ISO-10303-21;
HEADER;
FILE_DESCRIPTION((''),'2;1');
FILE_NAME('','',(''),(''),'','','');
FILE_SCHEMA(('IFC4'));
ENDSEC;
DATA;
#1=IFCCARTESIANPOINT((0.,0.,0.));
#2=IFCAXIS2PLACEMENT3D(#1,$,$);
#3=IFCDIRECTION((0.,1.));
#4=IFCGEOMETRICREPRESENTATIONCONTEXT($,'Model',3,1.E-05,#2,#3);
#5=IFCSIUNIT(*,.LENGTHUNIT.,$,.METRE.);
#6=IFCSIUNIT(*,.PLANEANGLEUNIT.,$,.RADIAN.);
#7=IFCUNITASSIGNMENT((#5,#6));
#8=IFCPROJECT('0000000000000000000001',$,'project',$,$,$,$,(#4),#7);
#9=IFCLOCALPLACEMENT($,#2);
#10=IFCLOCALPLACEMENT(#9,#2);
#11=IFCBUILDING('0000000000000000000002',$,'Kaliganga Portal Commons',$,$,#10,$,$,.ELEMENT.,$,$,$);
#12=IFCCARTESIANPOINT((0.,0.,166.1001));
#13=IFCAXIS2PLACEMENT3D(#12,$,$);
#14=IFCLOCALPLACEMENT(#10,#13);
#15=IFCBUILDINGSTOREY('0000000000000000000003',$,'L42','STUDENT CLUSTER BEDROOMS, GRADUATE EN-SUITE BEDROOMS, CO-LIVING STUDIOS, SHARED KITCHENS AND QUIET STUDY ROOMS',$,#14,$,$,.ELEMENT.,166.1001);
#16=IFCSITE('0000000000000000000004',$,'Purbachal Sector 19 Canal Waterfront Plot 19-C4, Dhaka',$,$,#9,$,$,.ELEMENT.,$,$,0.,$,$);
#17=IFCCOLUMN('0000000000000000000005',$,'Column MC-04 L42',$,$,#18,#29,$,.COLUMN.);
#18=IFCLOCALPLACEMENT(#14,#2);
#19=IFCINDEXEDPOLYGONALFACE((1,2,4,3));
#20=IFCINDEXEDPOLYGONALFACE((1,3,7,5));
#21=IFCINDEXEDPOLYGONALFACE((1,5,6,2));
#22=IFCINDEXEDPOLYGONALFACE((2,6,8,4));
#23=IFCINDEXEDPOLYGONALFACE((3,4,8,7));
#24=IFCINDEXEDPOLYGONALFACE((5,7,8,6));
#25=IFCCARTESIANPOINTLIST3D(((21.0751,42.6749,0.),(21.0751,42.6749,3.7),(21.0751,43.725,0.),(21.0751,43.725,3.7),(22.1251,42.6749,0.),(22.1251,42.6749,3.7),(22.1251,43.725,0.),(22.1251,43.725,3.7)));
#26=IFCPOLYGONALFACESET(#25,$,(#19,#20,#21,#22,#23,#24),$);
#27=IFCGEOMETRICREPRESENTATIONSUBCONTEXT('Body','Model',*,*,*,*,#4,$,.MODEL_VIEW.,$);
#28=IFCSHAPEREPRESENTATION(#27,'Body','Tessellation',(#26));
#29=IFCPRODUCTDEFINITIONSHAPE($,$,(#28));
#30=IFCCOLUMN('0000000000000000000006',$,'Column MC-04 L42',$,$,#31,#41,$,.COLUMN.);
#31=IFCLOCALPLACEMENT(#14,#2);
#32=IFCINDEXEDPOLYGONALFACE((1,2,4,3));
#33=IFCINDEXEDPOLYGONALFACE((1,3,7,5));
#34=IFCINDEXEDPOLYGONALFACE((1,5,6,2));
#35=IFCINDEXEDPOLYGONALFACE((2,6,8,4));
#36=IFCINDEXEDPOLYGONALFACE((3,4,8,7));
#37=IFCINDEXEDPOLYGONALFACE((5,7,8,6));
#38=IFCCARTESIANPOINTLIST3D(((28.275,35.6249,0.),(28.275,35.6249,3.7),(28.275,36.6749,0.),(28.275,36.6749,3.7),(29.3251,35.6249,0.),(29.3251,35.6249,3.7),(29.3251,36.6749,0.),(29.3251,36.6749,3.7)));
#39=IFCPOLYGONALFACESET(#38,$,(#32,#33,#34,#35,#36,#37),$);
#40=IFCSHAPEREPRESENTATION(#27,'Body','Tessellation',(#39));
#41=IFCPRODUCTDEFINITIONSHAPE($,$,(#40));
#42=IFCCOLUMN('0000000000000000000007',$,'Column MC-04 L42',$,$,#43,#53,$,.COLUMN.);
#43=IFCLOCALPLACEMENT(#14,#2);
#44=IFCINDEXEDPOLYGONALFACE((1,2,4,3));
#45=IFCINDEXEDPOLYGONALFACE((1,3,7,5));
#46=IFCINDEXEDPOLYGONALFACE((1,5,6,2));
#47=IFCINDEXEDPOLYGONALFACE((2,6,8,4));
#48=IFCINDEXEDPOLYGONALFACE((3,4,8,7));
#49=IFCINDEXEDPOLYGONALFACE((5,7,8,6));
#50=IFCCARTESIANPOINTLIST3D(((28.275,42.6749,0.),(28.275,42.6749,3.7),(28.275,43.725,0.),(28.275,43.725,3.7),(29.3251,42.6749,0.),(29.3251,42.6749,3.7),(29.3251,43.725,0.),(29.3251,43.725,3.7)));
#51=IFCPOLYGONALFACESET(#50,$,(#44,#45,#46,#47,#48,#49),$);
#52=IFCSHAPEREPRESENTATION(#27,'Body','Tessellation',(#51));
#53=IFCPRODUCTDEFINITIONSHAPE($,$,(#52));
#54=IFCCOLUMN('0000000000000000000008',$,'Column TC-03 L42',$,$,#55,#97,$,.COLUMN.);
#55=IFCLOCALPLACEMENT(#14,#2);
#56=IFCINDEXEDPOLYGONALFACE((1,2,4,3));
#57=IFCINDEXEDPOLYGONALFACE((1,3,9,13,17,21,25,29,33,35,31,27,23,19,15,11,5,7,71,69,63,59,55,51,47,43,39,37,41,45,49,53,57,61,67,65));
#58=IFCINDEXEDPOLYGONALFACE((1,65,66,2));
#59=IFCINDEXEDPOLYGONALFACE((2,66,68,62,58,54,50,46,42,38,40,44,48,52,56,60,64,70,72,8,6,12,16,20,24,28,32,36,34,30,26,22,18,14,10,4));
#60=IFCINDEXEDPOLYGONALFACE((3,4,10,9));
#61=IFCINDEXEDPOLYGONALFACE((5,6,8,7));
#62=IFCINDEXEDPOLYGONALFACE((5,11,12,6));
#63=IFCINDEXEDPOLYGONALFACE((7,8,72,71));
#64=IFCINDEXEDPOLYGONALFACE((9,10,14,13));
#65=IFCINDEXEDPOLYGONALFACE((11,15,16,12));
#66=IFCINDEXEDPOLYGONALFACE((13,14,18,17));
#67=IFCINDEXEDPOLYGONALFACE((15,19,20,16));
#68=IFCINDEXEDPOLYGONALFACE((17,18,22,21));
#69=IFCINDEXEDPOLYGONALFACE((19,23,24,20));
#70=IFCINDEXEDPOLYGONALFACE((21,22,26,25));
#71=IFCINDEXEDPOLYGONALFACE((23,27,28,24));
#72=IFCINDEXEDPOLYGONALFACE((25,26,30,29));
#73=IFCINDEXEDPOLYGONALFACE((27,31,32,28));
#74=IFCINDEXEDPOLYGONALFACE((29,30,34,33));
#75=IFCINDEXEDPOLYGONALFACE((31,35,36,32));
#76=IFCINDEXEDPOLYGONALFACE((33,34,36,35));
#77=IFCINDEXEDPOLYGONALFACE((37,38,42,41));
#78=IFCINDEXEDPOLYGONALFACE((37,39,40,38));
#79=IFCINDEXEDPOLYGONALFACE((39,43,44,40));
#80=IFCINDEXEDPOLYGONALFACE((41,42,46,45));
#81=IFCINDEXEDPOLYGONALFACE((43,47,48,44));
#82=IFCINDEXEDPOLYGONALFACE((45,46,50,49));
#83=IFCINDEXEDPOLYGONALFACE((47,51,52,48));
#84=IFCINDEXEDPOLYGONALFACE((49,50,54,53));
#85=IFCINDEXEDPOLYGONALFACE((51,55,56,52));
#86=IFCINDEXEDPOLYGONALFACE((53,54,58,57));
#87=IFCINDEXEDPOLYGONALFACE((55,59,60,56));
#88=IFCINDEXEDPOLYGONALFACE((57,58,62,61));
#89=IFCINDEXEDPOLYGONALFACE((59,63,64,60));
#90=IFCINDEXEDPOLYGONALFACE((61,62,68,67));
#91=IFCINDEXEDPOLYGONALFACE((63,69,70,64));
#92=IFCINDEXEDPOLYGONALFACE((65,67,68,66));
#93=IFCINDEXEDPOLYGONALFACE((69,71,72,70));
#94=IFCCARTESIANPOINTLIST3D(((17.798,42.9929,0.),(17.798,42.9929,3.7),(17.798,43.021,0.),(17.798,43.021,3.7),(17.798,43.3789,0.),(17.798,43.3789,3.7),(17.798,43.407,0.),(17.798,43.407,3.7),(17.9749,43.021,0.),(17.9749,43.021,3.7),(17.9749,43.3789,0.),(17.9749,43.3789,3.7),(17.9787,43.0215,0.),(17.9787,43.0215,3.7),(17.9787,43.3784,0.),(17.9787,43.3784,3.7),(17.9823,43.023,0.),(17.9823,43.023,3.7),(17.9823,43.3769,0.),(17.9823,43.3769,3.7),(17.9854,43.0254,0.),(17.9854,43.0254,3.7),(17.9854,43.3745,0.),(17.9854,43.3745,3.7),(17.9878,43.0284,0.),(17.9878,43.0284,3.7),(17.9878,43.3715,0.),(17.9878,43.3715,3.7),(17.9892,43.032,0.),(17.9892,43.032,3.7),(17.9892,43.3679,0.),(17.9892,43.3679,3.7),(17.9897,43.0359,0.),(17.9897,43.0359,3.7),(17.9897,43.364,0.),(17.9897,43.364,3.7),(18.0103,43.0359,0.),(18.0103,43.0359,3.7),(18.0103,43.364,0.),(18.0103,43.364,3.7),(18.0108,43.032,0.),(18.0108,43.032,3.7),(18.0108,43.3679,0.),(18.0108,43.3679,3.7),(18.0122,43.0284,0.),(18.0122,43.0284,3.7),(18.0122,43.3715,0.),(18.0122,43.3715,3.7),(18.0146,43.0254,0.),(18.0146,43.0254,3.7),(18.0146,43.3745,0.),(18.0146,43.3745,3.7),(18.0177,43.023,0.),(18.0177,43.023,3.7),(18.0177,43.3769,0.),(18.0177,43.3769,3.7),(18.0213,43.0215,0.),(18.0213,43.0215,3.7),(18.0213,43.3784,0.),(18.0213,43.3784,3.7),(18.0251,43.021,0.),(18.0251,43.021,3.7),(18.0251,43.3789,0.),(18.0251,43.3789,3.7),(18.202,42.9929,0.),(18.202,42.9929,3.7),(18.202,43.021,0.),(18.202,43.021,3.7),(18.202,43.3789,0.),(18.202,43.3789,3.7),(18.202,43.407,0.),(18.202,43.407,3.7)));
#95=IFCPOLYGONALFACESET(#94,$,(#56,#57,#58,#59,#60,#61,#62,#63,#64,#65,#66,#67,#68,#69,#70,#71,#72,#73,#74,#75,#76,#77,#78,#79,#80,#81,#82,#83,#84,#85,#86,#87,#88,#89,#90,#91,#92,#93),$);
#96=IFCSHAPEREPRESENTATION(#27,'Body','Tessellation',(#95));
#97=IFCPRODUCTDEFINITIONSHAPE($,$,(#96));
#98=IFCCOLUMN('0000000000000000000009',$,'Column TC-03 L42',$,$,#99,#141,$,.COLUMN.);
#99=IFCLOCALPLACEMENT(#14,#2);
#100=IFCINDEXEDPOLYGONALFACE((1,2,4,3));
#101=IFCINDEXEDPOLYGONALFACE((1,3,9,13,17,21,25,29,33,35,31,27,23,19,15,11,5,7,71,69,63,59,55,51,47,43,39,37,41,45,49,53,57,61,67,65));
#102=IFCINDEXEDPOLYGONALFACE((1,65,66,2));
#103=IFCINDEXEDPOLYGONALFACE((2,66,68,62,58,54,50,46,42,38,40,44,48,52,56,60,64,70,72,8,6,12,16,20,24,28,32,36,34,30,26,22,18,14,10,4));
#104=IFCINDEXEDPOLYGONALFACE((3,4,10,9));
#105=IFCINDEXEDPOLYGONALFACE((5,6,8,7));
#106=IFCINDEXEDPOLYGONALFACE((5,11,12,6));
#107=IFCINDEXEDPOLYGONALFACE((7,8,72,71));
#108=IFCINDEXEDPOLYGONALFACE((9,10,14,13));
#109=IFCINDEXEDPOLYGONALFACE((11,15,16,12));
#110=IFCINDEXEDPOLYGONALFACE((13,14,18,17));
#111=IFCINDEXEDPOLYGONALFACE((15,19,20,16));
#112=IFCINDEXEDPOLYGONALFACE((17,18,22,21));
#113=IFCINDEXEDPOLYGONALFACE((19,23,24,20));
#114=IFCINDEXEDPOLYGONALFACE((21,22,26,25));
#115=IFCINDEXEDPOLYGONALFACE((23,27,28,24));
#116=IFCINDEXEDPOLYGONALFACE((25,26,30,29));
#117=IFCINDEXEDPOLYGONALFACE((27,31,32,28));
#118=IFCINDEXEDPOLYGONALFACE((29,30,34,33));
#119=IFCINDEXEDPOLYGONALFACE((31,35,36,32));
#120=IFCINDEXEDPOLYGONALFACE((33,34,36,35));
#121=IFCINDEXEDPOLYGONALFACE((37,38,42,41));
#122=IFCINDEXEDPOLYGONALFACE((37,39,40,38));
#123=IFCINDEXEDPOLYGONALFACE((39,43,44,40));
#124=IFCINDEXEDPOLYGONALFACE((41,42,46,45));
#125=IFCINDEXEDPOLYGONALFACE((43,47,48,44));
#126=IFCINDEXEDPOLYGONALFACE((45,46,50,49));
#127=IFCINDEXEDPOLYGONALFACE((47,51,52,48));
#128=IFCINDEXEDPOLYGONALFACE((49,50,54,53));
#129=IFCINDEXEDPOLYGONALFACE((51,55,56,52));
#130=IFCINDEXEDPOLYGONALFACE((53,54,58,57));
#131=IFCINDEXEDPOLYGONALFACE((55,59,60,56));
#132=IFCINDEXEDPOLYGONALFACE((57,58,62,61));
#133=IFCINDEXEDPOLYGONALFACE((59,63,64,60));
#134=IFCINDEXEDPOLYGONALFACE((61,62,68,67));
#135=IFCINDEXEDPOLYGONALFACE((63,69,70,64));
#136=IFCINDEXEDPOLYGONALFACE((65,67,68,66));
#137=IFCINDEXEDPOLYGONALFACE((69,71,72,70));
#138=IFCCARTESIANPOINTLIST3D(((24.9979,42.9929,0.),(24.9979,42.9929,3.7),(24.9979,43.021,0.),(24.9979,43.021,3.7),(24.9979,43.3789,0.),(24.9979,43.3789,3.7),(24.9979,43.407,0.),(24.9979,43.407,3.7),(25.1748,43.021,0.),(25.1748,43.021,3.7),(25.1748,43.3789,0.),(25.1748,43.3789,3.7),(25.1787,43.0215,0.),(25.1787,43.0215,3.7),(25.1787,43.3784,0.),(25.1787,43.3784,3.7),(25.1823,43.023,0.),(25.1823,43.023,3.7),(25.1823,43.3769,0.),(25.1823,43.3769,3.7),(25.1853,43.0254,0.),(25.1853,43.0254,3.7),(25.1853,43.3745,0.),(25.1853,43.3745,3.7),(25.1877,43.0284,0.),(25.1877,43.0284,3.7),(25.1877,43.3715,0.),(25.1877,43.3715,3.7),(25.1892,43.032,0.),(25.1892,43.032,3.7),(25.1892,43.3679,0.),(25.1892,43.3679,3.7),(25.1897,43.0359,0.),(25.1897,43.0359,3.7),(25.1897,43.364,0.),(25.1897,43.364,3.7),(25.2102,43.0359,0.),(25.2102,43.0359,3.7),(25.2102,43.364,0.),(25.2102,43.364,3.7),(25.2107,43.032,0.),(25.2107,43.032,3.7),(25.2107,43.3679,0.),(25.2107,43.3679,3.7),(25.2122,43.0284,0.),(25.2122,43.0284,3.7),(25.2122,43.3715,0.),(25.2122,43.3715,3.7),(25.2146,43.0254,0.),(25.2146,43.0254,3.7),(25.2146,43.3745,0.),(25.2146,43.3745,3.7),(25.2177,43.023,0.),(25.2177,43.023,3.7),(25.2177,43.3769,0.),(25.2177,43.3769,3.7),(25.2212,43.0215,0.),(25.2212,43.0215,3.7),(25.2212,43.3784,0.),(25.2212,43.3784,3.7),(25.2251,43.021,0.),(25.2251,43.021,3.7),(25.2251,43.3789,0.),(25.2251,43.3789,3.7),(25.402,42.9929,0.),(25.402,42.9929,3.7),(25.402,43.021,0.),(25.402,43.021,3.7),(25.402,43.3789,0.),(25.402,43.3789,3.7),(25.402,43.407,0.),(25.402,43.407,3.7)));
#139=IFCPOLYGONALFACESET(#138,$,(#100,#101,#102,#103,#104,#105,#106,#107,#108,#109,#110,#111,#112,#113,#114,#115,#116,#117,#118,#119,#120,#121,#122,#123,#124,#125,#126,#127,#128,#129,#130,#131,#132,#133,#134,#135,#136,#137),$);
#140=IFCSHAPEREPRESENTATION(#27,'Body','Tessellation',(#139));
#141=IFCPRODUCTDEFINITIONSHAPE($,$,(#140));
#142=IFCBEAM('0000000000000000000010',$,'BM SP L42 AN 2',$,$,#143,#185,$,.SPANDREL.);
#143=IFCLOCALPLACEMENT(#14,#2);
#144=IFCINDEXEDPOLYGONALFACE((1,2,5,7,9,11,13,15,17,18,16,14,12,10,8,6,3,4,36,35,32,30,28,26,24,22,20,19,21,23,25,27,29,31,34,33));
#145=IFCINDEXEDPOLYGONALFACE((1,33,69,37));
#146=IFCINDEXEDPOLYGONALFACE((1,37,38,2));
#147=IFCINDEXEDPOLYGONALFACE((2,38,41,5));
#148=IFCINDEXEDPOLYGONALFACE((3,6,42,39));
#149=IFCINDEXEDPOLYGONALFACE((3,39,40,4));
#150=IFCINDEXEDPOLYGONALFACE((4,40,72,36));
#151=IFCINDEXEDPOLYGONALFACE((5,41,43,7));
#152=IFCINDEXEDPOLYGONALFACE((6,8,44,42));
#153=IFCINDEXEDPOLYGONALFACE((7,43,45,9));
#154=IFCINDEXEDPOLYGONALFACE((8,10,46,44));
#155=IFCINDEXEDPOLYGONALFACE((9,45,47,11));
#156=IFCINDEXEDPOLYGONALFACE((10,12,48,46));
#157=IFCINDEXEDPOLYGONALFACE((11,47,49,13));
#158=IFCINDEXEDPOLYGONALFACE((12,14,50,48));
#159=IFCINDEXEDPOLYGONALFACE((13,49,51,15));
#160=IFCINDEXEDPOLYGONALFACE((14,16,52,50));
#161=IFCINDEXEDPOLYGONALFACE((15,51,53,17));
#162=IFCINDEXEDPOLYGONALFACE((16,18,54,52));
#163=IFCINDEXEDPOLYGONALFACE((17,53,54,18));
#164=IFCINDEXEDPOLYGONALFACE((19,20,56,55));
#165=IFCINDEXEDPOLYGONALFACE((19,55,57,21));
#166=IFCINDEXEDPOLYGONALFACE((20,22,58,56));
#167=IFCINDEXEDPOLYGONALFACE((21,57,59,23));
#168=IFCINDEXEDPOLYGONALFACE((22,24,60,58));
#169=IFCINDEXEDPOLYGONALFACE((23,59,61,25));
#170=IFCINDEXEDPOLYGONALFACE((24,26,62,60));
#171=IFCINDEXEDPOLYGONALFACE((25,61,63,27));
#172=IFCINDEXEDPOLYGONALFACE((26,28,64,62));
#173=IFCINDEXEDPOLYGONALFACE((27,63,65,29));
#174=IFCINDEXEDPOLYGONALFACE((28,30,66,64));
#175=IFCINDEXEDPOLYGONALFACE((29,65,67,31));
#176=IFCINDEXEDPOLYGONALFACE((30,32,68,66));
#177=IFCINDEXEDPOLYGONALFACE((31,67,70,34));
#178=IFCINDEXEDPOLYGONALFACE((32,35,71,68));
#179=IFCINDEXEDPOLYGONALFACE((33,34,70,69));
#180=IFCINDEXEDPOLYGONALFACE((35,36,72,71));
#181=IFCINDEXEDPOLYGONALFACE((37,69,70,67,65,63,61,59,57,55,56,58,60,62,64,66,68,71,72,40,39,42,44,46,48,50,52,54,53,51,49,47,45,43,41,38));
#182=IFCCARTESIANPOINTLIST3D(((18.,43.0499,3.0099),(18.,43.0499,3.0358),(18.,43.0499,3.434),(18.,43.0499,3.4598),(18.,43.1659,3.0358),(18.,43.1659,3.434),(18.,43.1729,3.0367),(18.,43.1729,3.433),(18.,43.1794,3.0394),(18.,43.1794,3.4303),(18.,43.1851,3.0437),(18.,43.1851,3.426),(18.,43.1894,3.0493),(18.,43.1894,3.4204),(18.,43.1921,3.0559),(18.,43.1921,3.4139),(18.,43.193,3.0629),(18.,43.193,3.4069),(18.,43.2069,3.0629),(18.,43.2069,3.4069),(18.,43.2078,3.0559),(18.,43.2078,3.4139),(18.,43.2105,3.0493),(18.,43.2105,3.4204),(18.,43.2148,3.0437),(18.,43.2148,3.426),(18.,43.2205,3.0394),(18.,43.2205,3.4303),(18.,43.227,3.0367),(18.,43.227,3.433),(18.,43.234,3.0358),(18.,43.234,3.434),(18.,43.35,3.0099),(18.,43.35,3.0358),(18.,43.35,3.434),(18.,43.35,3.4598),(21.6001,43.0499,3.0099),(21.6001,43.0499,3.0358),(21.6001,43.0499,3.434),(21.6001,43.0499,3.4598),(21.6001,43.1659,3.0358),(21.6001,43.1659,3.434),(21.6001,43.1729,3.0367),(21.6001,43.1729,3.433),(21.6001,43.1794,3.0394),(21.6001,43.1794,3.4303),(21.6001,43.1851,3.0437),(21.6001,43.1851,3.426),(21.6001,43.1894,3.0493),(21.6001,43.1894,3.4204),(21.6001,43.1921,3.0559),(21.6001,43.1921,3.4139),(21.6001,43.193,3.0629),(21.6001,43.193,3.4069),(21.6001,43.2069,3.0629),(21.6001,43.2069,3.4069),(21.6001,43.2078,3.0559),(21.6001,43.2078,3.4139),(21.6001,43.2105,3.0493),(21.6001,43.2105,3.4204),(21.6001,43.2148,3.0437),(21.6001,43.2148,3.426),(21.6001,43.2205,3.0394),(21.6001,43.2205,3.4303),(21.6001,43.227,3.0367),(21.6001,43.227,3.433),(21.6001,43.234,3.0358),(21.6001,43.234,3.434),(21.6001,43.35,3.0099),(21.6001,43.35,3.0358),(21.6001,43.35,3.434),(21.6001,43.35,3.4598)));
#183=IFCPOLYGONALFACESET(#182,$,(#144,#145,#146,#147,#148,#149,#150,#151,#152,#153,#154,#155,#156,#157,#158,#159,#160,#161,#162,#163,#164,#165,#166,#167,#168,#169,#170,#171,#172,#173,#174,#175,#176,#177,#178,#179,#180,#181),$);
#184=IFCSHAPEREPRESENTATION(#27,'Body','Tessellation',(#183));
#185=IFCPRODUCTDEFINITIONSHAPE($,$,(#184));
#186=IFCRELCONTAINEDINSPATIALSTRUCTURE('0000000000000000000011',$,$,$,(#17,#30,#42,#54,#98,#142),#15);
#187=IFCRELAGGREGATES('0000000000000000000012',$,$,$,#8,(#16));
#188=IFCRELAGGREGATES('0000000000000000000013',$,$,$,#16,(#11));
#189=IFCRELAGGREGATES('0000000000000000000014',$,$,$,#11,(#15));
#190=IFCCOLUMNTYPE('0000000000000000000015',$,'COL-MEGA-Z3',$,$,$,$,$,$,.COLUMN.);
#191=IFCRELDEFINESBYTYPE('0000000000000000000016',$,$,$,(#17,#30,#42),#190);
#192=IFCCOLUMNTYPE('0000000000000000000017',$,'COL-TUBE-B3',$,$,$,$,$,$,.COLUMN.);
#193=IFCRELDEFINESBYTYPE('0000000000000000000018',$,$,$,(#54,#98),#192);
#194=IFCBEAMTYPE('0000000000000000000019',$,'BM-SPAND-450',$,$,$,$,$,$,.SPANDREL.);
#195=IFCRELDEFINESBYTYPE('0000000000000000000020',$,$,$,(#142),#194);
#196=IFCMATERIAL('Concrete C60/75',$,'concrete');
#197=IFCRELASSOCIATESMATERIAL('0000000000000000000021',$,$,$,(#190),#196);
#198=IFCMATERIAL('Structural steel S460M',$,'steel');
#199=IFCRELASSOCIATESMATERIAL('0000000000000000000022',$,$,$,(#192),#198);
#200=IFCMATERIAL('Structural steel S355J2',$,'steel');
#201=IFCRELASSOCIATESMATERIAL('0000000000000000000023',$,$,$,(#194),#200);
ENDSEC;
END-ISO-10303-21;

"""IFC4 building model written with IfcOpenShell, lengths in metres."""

from ifc_helpers import new_model, si_unit, direction, frame, origin, origin_2d, place, context, subcontext, project, spatial, rectangle, i_section, extrude, source, transform, mapped, material, material_profile, profile_set, type_object, element, save


model = new_model("IFC4")

# Units and contexts
model_context = context("Model", 3, precision=1e-05, world=origin(), true_north=direction((0.0, 1.0)))
body_context = subcontext(model_context, "Body", "Model", "MODEL_VIEW")
ifc_project = project(units=[si_unit("LENGTHUNIT", "METRE"), si_unit("PLANEANGLEUNIT", "RADIAN")], contexts=[model_context])

# Site, building, storey
site_placement = place(None, origin())
site = spatial("IfcSite", under=ifc_project, at=site_placement, Name="Purbachal Sector 19 Canal Waterfront Plot 19-C4, Dhaka", CompositionType="ELEMENT", RefElevation=0.0)
building_placement = place(site_placement, origin())
building = spatial("IfcBuilding", under=site, at=building_placement, Name="Kaliganga Portal Commons", CompositionType="ELEMENT")
storey_placement = place(building_placement, frame((0.0, 0.0, 166.1001)))
storey = spatial("IfcBuildingStorey", under=building, at=storey_placement, Name="L42", Description="STUDENT CLUSTER BEDROOMS, GRADUATE EN-SUITE BEDROOMS, CO-LIVING STUDIOS, SHARED KITCHENS AND QUIET STUDY ROOMS", CompositionType="ELEMENT", Elevation=166.1001)

# Columns
ifc_material_1 = material(Name="Concrete C60/75", Category="concrete")
ifc_material_profile_1 = material_profile(ifc_material_1, rectangle(XDim=1.05, YDim=1.05, at=origin_2d()), Name="RC 1050x1050")
ifc_profile_set_1 = profile_set([ifc_material_profile_1], Name="Concrete C60/75")
column_type_1 = type_object("IfcColumnType", Name="COL-MEGA-Z3", PredefinedType="COLUMN", material=ifc_profile_set_1)
shared_shape_1 = source(origin(), body_context, "Body", "SweptSolid", [
    extrude(rectangle(XDim=1.05, YDim=1.05, at=origin_2d()), origin(), (0.0, 0.0, 1.0), 3.7),
])
for number, where, z_axis, x_axis, name in (
    (1, (21.6001, 43.2, 0.0), (0.0, 0.0, 1.0), (1.0, 0.0, 0.0), "Column MC-04 L42"),
    (2, (28.8, 36.1499, 0.0), (0.0, 0.0, 1.0), (1.0, 0.0, 0.0), "Column MC-04 L42"),
    (3, (28.8, 43.2, 0.0), (0.0, 0.0, 1.0), (1.0, 0.0, 0.0), "Column MC-04 L42"),
):
    element("IfcColumn", number, at=place(storey_placement, frame(where, z_axis=z_axis, x_axis=x_axis)), inside=storey, type_object=column_type_1, Name=name, PredefinedType="COLUMN", context=body_context, shape_type="MappedRepresentation", body=[
        mapped(shared_shape_1, transform((0.0, 0.0, 0.0), x_axis=(1.0, 0.0, 0.0), y_axis=(0.0, 1.0, 0.0), z_axis=(0.0, 0.0, 1.0), scale=1.0)),
    ])
ifc_material_2 = material(Name="Structural steel S460M", Category="steel")
ifc_material_profile_2 = material_profile(ifc_material_2, i_section(OverallWidth=0.4041, OverallDepth=0.4141, WebThickness=0.0205, FlangeThickness=0.0281, FilletRadius=0.0149, at=origin_2d()), Name="HD 400x347")
ifc_profile_set_2 = profile_set([ifc_material_profile_2], Name="Structural steel S460M wide-flange")
column_type_2 = type_object("IfcColumnType", Name="COL-TUBE-B3", PredefinedType="COLUMN", material=ifc_profile_set_2)
shared_shape_2 = source(origin(), body_context, "Body", "SweptSolid", [
    extrude(i_section(OverallWidth=0.4041, OverallDepth=0.4141, WebThickness=0.0205, FlangeThickness=0.0281, FilletRadius=0.0149, at=origin_2d()), origin(), (0.0, 0.0, 1.0), 3.7),
])
for number, where, z_axis, x_axis, name in (
    (4, (18.0, 43.2, 0.0), (0.0, 0.0, 1.0), (1.0, 0.0, 0.0), "Column TC-03 L42"),
    (5, (25.2, 43.2, 0.0), (0.0, 0.0, 1.0), (1.0, 0.0, 0.0), "Column TC-03 L42"),
):
    element("IfcColumn", number, at=place(storey_placement, frame(where, z_axis=z_axis, x_axis=x_axis)), inside=storey, type_object=column_type_2, Name=name, PredefinedType="COLUMN", context=body_context, shape_type="MappedRepresentation", body=[
        mapped(shared_shape_2, transform((0.0, 0.0, 0.0), x_axis=(1.0, 0.0, 0.0), y_axis=(0.0, 1.0, 0.0), z_axis=(0.0, 0.0, 1.0), scale=1.0)),
    ])

# Beam
ifc_material_3 = material(Name="Structural steel S355J2", Category="steel")
ifc_material_profile_3 = material_profile(ifc_material_3, i_section(OverallWidth=0.3, OverallDepth=0.45, WebThickness=0.0139, FlangeThickness=0.0259, FilletRadius=0.0271, at=origin_2d()), Name="HE 450 B")
ifc_profile_set_3 = profile_set([ifc_material_profile_3], Name="Structural steel S355J2 wide-flange")
beam_type_1 = type_object("IfcBeamType", Name="BM-SPAND-450", PredefinedType="SPANDREL", material=ifc_profile_set_3)
shared_shape_3 = source(origin(), body_context, "Body", "SweptSolid", [
    extrude(i_section(OverallWidth=0.3, OverallDepth=0.45, WebThickness=0.0139, FlangeThickness=0.0259, FilletRadius=0.0271, at=origin_2d()), origin(), (0.0, 0.0, 1.0), 3.6001),
])
for number, where, z_axis, x_axis, name in (
    (6, (18.0, 43.2, 3.2349), (1.0, 0.0, 0.0), (0.0, 1.0, 0.0), "BM SP L42 AN 2"),
):
    element("IfcBeam", number, at=place(storey_placement, frame(where, z_axis=z_axis, x_axis=x_axis)), inside=storey, type_object=beam_type_1, Name=name, PredefinedType="SPANDREL", context=body_context, shape_type="MappedRepresentation", body=[
        mapped(shared_shape_3, transform((0.0, 0.0, 0.0), x_axis=(1.0, 0.0, 0.0), y_axis=(0.0, 1.0, 0.0), z_axis=(0.0, 0.0, 1.0), scale=1.0)),
    ])

save(model, "model.ifc")
